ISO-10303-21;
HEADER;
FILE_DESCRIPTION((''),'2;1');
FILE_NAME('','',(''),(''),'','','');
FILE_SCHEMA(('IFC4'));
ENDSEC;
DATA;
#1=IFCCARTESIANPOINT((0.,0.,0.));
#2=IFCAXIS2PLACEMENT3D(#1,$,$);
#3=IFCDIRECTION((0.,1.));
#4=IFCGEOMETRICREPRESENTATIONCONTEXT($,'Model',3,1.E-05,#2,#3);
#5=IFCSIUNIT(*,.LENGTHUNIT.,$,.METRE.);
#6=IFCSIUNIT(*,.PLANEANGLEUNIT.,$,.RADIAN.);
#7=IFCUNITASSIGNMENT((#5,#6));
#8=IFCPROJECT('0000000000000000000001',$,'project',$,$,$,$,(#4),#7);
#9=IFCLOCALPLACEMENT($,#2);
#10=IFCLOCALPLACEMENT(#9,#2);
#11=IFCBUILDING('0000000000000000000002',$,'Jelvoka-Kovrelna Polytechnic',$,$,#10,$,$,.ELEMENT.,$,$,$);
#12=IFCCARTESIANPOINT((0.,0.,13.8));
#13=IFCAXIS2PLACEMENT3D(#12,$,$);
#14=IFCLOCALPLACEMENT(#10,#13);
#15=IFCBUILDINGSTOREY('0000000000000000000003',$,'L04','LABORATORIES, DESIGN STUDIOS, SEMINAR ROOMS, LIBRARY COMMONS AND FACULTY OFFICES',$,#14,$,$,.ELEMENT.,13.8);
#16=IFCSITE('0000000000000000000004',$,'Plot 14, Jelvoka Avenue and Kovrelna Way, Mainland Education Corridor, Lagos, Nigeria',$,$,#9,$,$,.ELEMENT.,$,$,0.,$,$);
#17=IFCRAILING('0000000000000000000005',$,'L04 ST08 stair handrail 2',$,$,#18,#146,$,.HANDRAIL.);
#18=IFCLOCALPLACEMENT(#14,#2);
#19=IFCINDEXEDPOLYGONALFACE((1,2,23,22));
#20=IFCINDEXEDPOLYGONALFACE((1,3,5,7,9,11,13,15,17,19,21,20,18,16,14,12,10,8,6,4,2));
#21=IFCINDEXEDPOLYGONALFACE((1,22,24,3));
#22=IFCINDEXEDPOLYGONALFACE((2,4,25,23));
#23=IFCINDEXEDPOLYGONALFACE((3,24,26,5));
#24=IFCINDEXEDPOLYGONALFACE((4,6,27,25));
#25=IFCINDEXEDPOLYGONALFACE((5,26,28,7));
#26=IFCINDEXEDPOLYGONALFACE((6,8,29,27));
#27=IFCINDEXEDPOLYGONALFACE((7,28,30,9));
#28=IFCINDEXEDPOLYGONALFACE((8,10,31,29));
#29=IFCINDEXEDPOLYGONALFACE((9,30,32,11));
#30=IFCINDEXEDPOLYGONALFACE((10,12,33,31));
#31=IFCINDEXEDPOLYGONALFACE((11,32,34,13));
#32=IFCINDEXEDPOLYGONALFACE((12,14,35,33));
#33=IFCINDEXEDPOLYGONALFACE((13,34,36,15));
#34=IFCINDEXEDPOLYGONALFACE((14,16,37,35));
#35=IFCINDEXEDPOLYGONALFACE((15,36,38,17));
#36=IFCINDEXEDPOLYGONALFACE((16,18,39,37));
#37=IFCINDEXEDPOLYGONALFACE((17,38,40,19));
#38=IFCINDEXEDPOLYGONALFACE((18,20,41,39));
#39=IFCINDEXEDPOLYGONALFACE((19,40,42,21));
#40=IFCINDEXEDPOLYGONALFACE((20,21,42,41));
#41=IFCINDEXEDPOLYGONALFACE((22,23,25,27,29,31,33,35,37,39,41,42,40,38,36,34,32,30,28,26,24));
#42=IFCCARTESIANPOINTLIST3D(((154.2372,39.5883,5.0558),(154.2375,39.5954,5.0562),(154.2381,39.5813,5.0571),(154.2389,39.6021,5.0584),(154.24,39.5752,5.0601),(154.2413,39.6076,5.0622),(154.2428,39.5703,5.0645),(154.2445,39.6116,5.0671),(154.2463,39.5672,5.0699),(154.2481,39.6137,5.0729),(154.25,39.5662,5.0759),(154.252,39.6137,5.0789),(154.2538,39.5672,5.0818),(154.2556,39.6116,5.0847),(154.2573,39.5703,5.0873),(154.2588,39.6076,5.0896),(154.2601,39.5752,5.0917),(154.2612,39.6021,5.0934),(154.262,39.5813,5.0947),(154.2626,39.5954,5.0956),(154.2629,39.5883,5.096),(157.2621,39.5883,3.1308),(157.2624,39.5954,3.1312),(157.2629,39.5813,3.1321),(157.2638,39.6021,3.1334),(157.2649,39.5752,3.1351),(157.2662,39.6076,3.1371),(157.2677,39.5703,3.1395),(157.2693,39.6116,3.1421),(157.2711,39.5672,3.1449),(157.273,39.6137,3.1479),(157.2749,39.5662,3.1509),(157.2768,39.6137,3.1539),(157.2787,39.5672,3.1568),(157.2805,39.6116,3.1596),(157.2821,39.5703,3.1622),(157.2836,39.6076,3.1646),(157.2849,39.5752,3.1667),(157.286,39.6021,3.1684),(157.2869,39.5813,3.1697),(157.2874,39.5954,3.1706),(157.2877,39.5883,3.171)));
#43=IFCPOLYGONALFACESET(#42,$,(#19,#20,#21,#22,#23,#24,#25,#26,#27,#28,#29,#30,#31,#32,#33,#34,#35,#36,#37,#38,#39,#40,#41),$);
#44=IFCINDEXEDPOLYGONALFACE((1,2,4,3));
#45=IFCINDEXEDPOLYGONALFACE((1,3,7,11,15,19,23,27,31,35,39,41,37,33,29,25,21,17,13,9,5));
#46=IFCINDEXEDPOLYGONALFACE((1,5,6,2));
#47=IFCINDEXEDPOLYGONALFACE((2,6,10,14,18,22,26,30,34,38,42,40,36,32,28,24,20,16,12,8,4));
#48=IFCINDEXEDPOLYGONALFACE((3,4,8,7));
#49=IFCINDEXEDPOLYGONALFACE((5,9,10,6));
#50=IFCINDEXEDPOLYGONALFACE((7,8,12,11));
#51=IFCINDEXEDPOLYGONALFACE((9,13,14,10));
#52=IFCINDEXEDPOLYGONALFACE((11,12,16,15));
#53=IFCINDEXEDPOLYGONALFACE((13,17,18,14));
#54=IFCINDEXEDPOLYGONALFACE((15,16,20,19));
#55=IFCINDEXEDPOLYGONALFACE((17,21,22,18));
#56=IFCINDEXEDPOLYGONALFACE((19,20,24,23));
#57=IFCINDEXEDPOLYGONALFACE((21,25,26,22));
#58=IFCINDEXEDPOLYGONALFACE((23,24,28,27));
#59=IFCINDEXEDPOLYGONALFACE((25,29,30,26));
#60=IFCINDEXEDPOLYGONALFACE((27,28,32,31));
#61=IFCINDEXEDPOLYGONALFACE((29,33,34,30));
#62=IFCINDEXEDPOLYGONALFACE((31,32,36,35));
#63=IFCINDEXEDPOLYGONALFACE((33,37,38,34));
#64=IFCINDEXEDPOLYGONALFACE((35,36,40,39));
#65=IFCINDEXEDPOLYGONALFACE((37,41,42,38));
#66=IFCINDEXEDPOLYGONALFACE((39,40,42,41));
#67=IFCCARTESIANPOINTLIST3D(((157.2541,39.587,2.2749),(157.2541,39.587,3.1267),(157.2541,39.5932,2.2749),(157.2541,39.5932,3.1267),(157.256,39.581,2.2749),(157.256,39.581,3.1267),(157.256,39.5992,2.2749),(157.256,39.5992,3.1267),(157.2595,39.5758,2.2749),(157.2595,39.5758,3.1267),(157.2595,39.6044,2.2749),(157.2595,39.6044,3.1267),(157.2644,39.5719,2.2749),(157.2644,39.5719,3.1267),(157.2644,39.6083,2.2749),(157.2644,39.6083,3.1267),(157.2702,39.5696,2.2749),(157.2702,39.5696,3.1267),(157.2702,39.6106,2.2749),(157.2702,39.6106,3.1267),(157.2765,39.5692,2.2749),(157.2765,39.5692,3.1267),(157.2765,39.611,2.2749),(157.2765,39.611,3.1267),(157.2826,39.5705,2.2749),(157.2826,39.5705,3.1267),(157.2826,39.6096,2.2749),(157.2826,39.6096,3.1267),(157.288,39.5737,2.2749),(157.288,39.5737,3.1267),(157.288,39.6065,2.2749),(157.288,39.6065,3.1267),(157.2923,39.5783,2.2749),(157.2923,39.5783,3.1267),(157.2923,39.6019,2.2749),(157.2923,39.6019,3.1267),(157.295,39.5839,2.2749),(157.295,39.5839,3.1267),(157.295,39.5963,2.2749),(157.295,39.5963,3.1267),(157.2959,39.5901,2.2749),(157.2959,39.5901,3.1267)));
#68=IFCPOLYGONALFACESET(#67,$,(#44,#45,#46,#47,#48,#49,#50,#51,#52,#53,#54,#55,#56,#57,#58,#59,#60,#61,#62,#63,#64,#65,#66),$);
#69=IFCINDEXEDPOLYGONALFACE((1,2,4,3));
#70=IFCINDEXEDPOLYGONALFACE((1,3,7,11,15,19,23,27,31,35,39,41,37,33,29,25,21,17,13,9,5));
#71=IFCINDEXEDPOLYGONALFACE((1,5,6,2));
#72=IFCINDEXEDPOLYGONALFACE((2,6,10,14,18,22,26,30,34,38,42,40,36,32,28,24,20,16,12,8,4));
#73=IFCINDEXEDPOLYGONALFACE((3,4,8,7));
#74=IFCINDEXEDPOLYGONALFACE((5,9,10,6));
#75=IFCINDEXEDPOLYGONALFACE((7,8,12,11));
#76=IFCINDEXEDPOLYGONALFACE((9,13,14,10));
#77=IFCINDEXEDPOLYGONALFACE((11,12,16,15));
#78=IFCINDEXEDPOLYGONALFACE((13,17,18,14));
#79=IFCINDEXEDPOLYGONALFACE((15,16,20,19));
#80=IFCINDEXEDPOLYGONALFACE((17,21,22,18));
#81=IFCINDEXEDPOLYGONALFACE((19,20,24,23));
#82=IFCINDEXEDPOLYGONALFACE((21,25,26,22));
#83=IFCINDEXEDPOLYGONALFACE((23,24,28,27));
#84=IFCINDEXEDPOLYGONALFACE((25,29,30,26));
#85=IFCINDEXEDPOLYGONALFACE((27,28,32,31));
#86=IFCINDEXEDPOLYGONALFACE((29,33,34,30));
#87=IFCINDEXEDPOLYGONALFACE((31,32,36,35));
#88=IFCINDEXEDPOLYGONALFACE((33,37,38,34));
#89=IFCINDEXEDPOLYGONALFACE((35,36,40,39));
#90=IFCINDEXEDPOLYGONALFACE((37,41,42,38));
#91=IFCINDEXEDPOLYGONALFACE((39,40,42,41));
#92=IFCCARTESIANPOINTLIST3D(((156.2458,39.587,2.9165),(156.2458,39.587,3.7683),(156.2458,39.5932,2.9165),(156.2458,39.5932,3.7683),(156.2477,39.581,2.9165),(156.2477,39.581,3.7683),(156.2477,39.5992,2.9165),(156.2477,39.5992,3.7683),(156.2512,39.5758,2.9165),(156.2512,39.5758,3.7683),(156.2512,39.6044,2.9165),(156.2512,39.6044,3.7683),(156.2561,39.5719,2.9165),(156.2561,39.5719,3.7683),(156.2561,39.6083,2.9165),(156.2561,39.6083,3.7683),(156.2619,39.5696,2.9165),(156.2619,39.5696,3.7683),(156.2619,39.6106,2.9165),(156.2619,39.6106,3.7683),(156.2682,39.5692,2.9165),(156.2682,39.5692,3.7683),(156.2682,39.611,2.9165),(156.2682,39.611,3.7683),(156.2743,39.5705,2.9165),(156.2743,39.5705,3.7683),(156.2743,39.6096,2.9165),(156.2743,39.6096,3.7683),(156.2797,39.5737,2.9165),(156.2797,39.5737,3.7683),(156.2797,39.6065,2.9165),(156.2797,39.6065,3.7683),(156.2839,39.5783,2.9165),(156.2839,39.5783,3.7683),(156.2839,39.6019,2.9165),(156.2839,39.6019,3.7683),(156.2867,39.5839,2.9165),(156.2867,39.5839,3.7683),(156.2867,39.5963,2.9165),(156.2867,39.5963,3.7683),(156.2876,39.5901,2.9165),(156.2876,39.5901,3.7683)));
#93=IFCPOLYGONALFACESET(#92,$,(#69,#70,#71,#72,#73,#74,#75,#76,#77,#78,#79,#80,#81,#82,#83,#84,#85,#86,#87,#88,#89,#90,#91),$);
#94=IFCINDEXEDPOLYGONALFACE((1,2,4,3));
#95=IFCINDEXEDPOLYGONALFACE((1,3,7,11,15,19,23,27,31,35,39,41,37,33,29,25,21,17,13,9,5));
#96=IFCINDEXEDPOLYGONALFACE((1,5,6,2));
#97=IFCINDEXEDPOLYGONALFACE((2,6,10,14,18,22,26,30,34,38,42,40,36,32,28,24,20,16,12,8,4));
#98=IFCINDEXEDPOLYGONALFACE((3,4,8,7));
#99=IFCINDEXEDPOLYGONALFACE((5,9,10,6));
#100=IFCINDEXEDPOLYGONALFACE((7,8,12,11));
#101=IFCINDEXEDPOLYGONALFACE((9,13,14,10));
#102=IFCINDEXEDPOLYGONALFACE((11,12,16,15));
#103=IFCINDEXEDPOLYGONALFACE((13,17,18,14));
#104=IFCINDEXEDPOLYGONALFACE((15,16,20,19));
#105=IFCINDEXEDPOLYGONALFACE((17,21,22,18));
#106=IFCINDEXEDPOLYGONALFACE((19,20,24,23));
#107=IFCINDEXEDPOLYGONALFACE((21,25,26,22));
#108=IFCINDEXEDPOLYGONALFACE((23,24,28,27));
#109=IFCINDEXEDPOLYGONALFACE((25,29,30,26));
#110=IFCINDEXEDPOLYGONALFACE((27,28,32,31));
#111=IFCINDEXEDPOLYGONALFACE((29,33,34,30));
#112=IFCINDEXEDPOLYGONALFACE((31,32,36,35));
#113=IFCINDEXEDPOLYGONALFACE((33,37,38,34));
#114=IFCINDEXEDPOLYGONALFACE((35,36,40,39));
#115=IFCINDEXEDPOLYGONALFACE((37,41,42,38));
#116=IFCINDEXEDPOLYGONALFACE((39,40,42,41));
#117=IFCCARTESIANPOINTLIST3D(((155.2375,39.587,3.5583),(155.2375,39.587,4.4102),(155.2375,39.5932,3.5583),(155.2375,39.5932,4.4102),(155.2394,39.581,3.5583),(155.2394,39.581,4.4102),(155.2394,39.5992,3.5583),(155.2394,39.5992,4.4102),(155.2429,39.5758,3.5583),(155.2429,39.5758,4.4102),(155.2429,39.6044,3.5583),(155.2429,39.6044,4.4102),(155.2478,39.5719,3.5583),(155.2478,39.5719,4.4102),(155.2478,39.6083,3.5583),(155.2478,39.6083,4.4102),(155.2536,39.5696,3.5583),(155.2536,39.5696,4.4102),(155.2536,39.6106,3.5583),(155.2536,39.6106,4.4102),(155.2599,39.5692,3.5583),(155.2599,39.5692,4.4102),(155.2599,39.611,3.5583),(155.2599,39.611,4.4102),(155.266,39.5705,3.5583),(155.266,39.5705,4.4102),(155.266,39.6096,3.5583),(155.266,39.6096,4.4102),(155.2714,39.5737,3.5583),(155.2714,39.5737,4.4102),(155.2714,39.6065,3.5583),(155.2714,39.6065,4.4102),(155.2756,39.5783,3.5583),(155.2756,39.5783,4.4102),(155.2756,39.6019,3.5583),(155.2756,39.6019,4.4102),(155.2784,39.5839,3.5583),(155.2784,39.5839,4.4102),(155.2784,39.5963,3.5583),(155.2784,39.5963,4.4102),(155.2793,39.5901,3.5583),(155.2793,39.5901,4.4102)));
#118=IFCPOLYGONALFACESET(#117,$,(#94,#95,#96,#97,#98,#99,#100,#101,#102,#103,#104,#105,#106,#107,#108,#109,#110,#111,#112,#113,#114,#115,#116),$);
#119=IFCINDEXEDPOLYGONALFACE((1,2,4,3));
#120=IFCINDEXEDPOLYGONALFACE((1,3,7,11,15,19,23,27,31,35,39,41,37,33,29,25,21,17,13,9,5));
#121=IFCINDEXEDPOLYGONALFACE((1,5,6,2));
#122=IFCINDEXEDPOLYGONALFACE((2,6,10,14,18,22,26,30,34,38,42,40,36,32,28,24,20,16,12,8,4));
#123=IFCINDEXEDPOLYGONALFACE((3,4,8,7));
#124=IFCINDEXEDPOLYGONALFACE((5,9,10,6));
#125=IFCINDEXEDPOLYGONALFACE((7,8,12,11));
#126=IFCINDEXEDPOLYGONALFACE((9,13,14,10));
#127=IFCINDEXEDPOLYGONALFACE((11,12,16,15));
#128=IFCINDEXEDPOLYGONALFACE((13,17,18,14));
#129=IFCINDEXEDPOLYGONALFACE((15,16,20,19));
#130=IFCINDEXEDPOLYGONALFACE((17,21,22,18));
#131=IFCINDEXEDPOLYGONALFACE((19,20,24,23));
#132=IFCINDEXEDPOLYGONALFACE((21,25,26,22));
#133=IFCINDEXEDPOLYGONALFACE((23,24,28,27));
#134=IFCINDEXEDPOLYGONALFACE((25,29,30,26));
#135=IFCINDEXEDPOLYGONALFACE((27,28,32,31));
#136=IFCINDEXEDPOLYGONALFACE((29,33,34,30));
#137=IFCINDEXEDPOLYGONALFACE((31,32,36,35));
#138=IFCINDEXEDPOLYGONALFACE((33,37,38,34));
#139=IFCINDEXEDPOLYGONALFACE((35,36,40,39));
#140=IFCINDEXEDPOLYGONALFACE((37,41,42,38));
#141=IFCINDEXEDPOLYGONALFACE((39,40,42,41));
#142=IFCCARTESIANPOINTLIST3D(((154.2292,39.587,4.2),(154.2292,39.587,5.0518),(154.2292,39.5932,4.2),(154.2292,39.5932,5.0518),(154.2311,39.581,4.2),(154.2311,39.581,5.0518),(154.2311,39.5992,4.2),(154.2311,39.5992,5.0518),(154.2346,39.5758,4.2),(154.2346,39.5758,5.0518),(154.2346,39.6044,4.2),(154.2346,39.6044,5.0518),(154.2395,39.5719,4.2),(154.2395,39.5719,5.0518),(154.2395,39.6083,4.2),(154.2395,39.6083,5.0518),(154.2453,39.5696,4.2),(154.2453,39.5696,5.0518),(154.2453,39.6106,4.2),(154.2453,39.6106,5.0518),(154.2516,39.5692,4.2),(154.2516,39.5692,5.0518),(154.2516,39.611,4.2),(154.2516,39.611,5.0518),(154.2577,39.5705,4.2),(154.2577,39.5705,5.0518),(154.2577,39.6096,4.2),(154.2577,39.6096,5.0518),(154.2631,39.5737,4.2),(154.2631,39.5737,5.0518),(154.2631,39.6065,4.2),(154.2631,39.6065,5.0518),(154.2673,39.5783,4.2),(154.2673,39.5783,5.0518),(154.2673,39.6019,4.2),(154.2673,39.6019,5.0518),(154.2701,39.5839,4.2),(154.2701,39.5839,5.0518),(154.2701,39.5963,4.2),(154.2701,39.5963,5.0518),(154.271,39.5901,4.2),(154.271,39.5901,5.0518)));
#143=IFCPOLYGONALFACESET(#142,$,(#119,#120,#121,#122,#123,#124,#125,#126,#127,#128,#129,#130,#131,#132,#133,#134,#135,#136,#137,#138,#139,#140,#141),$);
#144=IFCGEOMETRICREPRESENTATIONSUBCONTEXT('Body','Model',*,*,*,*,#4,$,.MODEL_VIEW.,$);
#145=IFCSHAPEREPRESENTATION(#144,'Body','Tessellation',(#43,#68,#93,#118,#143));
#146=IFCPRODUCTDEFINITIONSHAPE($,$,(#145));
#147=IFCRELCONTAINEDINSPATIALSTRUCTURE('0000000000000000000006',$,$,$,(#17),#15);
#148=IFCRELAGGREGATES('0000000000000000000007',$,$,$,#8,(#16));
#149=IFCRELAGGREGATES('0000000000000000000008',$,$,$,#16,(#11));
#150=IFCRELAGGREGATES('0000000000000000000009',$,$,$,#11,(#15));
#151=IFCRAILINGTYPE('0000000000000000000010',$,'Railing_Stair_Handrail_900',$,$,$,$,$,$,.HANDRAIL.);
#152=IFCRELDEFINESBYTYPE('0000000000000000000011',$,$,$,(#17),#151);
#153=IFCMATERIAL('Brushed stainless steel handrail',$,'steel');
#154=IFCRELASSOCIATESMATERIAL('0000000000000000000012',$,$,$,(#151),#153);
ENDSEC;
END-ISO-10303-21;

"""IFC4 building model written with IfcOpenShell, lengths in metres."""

from ifc_helpers import new_model, si_unit, direction, frame, origin, origin_2d, place, context, subcontext, project, spatial, circle, extrude, material, type_object, element, save


model = new_model("IFC4")

# Units and contexts
model_context = context("Model", 3, precision=1e-05, world=origin(), true_north=direction((0.0, 1.0)))
body_context = subcontext(model_context, "Body", "Model", "MODEL_VIEW")
ifc_project = project(units=[si_unit("LENGTHUNIT", "METRE"), si_unit("PLANEANGLEUNIT", "RADIAN")], contexts=[model_context])

# Site, building, storey
site_placement = place(None, origin())
site = spatial("IfcSite", under=ifc_project, at=site_placement, Name="Plot 14, Jelvoka Avenue and Kovrelna Way, Mainland Education Corridor, Lagos, Nigeria", CompositionType="ELEMENT", RefElevation=0.0)
building_placement = place(site_placement, origin())
building = spatial("IfcBuilding", under=site, at=building_placement, Name="Jelvoka-Kovrelna Polytechnic", CompositionType="ELEMENT")
storey_placement = place(building_placement, frame((0.0, 0.0, 13.8)))
storey = spatial("IfcBuildingStorey", under=building, at=storey_placement, Name="L04", Description="LABORATORIES, DESIGN STUDIOS, SEMINAR ROOMS, LIBRARY COMMONS AND FACULTY OFFICES", CompositionType="ELEMENT", Elevation=13.8)

# Railing
ifc_material_1 = material(Name="Brushed stainless steel handrail", Category="steel")
railing_type = type_object("IfcRailingType", Name="Railing_Stair_Handrail_900", PredefinedType="HANDRAIL", material=ifc_material_1)
railing_placement = place(storey_placement, frame((157.2749, 39.5901, 2.2749)))
element("IfcRailing", 1, at=railing_placement, inside=storey, type_object=railing_type, Name="L04 ST08 stair handrail 2", PredefinedType="HANDRAIL", context=body_context, shape_type="SweptSolid", body=[
    extrude(circle(Radius=0.0239, at=origin_2d()), frame((0.0, 0.0, 0.876), z_axis=(-0.843647, 0.0, 0.536898), x_axis=(0.0, -1.0, 0.0)), (0.0, 0.0, 1.0), 3.5854),
    extrude(circle(Radius=0.021, at=origin_2d()), origin(), (0.0, 0.0, 1.0), 0.8518),
    extrude(circle(Radius=0.021, at=origin_2d()), frame((-1.0083, 0.0, 0.6416)), (0.0, 0.0, 1.0), 0.8518),
    extrude(circle(Radius=0.021, at=origin_2d()), frame((-2.0166, 0.0, 1.2834)), (0.0, 0.0, 1.0), 0.8518),
    extrude(circle(Radius=0.021, at=origin_2d()), frame((-3.0249, 0.0, 1.925)), (0.0, 0.0, 1.0), 0.8518),
])

save(model, "model.ifc")
